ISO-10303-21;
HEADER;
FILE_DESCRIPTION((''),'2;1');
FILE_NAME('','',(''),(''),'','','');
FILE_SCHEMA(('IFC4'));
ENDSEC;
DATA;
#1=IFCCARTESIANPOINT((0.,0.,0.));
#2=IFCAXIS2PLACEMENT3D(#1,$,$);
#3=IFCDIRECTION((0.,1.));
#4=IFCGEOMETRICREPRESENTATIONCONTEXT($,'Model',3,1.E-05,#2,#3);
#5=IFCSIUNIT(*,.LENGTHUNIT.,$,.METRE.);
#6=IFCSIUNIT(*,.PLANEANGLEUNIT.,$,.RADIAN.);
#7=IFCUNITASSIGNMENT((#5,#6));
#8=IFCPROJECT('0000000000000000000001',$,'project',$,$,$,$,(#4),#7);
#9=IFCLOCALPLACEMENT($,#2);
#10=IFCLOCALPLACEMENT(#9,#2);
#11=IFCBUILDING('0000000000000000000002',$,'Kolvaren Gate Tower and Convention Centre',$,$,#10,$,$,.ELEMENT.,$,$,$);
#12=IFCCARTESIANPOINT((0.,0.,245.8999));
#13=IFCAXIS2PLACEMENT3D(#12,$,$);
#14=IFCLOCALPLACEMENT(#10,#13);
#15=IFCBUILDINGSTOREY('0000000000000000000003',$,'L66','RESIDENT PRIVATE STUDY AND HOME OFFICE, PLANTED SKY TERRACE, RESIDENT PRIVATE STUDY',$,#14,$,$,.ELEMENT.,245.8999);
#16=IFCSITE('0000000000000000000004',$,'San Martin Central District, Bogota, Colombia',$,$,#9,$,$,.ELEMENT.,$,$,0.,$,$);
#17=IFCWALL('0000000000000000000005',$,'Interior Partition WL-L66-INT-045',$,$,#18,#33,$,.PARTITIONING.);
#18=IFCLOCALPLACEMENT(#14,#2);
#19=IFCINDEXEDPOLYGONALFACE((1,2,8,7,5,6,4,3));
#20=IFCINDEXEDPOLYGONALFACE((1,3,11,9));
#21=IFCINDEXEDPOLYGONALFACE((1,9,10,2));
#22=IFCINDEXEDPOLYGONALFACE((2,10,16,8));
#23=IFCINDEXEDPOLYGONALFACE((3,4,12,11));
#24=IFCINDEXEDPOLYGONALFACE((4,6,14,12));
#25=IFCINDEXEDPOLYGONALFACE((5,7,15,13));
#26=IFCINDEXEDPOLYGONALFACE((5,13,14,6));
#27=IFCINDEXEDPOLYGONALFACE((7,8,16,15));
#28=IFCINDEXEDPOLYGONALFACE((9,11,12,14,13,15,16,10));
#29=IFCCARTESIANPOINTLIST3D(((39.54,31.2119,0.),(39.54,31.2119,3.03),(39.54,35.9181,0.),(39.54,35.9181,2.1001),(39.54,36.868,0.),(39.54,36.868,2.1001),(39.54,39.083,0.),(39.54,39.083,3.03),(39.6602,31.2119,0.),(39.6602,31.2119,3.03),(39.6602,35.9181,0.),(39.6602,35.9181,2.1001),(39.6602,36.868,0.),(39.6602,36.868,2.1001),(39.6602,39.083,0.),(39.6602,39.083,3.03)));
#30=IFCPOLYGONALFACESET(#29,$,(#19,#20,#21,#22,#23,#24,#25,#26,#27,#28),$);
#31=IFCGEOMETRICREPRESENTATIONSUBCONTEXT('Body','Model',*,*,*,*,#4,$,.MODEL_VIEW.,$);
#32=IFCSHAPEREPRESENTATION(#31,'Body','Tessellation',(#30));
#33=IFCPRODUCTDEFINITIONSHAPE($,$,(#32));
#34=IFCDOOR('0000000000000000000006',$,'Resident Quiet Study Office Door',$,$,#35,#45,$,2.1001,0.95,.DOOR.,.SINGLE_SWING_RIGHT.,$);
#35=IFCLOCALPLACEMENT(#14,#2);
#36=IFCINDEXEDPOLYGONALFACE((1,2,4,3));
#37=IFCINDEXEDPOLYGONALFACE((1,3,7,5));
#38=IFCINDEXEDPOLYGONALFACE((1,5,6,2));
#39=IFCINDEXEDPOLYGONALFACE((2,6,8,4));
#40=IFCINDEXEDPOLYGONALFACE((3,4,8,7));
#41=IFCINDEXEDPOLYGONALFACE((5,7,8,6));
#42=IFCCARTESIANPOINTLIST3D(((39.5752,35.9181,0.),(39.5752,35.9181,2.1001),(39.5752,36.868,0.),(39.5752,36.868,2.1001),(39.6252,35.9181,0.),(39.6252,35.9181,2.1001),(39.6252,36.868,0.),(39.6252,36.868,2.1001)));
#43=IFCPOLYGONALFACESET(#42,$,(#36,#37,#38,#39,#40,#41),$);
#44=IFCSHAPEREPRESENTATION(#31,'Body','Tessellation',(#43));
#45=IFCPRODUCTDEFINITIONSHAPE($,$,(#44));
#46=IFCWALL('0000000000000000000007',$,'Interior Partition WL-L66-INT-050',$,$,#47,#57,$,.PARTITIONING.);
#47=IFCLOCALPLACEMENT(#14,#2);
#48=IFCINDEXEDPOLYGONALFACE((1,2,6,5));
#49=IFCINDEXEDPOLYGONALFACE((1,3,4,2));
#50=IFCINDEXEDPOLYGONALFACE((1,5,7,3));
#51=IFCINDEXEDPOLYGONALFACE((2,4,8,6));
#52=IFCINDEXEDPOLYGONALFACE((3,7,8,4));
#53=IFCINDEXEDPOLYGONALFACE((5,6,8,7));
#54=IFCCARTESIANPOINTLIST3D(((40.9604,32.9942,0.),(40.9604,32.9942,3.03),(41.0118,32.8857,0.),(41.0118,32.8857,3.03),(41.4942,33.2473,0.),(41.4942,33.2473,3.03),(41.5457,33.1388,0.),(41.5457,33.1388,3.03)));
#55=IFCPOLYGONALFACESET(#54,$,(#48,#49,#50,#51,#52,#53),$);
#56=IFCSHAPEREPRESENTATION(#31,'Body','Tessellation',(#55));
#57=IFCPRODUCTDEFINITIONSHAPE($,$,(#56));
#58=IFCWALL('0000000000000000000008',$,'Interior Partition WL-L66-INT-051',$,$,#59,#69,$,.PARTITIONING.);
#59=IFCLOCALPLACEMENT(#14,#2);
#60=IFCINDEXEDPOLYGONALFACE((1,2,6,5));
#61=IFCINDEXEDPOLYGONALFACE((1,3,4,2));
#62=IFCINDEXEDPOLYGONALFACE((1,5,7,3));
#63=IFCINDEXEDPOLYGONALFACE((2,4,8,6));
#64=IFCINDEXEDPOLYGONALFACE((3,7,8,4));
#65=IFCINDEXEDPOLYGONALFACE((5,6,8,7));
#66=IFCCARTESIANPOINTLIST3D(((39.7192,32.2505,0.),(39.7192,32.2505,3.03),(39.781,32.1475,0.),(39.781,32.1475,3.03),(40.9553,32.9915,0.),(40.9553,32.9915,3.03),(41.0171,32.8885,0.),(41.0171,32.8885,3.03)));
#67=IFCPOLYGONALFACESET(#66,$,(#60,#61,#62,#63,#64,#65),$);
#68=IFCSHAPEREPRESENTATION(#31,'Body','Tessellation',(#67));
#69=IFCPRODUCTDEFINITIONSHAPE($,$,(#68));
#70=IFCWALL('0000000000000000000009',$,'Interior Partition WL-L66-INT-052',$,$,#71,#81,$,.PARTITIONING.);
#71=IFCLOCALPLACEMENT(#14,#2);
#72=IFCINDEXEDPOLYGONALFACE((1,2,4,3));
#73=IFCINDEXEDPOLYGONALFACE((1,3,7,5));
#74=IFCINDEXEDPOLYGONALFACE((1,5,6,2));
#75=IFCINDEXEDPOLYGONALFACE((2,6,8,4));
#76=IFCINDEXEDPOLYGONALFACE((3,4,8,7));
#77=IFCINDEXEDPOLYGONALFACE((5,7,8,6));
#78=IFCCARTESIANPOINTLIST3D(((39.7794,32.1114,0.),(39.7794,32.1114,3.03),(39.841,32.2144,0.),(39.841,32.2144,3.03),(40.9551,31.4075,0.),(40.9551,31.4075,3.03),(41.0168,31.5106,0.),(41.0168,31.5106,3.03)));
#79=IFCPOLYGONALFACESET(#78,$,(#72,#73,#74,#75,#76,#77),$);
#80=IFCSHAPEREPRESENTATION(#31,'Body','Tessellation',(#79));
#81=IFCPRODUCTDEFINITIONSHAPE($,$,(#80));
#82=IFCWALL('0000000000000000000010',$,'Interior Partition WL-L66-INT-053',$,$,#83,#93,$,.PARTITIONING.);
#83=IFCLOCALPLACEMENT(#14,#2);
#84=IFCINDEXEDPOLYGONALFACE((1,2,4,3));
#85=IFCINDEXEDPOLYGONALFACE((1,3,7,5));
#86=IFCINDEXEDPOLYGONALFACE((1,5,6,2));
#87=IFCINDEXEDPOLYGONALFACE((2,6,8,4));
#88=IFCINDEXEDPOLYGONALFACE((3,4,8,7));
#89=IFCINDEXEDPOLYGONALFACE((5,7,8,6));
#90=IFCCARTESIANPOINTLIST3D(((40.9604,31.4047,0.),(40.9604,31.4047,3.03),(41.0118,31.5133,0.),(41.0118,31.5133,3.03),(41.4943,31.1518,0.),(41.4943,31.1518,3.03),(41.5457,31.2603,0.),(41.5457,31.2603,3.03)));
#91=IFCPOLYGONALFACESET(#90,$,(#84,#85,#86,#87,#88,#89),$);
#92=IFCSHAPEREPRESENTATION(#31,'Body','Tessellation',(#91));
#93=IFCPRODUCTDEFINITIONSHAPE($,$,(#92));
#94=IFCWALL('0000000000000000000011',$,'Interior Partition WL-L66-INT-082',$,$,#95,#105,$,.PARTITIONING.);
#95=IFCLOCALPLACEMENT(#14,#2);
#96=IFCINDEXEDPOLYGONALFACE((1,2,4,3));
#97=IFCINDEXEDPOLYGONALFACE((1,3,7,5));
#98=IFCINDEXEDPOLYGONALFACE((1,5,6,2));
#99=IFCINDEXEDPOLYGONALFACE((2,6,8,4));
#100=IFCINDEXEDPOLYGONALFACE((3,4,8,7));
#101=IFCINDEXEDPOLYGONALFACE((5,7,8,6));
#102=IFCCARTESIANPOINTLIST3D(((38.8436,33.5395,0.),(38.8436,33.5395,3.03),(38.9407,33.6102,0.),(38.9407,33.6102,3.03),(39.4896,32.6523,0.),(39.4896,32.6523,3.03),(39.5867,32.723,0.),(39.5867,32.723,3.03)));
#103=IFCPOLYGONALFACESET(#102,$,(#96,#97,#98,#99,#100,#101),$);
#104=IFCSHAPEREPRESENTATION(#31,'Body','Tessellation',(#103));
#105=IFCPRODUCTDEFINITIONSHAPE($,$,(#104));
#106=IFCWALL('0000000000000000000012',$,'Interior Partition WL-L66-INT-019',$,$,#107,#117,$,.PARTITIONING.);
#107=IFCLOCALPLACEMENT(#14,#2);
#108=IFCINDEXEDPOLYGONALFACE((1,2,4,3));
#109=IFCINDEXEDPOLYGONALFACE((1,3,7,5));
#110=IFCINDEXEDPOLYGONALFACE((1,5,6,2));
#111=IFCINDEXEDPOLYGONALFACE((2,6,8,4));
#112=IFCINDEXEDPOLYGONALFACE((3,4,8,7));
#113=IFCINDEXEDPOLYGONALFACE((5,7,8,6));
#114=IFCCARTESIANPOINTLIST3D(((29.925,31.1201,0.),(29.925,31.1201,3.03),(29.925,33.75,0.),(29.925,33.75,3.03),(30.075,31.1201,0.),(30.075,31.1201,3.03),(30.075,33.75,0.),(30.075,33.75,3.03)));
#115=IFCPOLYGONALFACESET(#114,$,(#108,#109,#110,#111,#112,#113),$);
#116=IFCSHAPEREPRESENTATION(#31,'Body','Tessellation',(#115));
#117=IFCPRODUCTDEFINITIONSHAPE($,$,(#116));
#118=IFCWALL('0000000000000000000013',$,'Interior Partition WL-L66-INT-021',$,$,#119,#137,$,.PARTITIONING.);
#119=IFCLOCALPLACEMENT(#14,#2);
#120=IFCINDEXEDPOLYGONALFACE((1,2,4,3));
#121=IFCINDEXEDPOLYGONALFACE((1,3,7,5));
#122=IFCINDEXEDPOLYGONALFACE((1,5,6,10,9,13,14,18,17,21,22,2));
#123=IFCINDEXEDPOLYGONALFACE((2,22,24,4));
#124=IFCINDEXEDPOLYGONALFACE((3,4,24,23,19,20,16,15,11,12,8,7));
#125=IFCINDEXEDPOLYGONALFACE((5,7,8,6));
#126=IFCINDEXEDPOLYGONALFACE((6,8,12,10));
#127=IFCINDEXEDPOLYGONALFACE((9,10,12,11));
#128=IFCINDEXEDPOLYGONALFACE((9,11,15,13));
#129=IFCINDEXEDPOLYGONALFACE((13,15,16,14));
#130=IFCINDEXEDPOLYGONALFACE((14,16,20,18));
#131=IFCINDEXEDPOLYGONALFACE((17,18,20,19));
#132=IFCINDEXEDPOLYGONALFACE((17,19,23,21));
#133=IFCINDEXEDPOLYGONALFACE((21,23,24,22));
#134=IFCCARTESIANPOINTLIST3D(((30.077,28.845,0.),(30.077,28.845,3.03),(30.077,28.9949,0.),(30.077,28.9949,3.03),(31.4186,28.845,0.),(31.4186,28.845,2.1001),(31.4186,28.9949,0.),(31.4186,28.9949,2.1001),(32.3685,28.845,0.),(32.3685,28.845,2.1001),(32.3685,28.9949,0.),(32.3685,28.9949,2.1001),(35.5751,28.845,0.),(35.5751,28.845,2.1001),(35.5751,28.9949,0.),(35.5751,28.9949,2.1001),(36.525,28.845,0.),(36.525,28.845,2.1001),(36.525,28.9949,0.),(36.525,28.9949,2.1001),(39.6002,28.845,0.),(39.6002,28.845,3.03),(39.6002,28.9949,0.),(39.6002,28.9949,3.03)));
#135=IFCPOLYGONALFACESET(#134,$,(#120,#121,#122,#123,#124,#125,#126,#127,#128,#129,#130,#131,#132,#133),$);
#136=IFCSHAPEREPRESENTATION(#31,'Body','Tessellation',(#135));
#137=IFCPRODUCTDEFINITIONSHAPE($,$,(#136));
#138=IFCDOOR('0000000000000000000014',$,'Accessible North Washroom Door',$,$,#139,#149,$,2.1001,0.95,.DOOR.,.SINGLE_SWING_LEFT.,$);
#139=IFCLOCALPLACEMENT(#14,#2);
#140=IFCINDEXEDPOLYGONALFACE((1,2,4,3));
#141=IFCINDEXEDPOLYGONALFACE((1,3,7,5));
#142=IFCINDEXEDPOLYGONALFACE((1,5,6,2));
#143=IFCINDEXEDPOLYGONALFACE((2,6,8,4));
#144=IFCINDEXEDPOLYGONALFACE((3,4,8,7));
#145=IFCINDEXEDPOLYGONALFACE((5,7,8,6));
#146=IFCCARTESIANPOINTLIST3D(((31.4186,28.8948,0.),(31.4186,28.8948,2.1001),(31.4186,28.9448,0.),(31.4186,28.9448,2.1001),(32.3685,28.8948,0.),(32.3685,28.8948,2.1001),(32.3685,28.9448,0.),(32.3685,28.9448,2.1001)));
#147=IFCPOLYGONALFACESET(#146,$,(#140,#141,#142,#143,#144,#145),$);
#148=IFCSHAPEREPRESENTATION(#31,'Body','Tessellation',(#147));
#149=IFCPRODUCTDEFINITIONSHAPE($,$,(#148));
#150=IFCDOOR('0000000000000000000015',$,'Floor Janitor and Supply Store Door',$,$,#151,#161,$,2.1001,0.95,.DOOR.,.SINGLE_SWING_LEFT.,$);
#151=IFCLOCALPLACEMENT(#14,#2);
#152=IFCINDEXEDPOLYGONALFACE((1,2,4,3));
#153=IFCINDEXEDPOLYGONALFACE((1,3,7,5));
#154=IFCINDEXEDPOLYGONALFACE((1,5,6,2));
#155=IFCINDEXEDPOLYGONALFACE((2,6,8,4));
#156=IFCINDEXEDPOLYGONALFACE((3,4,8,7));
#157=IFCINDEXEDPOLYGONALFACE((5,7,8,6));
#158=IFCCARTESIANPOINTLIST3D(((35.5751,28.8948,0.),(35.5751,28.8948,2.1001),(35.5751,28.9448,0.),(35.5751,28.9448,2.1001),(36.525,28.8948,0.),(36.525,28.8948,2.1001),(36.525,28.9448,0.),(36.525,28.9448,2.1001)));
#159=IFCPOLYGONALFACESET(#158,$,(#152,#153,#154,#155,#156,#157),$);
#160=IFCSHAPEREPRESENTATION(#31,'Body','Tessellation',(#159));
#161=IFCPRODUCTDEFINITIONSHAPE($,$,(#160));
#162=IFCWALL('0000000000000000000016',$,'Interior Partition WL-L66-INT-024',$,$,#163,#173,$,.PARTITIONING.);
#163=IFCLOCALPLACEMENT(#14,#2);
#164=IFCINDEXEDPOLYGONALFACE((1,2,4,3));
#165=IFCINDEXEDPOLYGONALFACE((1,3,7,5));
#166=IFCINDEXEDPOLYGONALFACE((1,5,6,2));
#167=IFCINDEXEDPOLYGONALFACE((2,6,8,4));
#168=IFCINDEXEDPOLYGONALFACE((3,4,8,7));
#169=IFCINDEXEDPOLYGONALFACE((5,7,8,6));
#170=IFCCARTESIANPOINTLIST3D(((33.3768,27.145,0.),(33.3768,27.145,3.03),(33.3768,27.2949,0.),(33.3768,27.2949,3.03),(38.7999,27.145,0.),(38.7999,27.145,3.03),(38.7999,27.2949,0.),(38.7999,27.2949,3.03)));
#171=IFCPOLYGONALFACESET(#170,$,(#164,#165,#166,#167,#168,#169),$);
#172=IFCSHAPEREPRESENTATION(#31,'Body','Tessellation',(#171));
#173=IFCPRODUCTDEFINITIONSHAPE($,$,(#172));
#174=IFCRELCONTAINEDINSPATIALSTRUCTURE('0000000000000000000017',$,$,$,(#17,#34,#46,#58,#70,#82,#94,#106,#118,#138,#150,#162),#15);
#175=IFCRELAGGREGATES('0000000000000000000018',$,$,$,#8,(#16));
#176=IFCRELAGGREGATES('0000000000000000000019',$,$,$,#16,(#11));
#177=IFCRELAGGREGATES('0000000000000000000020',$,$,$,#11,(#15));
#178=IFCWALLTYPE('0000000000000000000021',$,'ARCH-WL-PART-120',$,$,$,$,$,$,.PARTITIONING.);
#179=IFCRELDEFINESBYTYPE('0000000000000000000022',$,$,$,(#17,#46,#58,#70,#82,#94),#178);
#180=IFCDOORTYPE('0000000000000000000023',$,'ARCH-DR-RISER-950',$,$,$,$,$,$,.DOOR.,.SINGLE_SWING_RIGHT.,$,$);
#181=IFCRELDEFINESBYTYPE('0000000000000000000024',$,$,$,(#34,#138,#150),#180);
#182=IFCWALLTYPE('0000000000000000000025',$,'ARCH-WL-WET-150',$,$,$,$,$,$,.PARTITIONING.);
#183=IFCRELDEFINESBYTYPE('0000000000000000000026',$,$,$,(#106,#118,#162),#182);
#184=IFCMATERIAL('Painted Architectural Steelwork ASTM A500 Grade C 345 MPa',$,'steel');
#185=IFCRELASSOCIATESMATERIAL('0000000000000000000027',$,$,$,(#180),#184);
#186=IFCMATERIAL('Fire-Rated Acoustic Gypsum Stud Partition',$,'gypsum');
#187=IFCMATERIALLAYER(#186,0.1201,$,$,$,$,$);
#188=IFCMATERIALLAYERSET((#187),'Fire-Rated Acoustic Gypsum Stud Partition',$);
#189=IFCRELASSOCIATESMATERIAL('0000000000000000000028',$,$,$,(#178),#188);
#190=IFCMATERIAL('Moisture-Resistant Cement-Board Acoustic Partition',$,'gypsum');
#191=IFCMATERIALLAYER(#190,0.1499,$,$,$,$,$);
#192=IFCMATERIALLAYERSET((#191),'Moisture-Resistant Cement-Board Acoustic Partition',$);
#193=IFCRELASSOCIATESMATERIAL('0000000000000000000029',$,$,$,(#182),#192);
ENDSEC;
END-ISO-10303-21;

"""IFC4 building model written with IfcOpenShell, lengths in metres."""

from ifc_helpers import new_model, si_unit, direction, frame, frame_2d, origin, place, context, subcontext, project, spatial, rectangle, extrude, material, layer, layer_set, type_object, element, fill, save


model = new_model("IFC4")

# Units and contexts
model_context = context("Model", 3, precision=1e-05, world=origin(), true_north=direction((0.0, 1.0)))
body_context = subcontext(model_context, "Body", "Model", "MODEL_VIEW")
ifc_project = project(units=[si_unit("LENGTHUNIT", "METRE"), si_unit("PLANEANGLEUNIT", "RADIAN")], contexts=[model_context])

# Site, building, storey
site_placement = place(None, origin())
site = spatial("IfcSite", under=ifc_project, at=site_placement, Name="San Martin Central District, Bogota, Colombia", CompositionType="ELEMENT", RefElevation=0.0)
building_placement = place(site_placement, origin())
building = spatial("IfcBuilding", under=site, at=building_placement, Name="Kolvaren Gate Tower and Convention Centre", CompositionType="ELEMENT")
storey_placement = place(building_placement, frame((0.0, 0.0, 245.8999)))
storey = spatial("IfcBuildingStorey", under=building, at=storey_placement, Name="L66", Description="RESIDENT PRIVATE STUDY AND HOME OFFICE, PLANTED SKY TERRACE, RESIDENT PRIVATE STUDY", CompositionType="ELEMENT", Elevation=245.8999)

# Shared definitions
ifc_material_1 = material(Name="Painted Architectural Steelwork ASTM A500 Grade C 345 MPa", Category="steel")
door_type = type_object("IfcDoorType", Name="ARCH-DR-RISER-950", OperationType="SINGLE_SWING_RIGHT", PredefinedType="DOOR", material=ifc_material_1)

# Shared definitions
ifc_material_2 = material(Name="Fire-Rated Acoustic Gypsum Stud Partition", Category="gypsum")
ifc_layer_1 = layer(ifc_material_2, 0.1201)
ifc_layer_set_1 = layer_set([ifc_layer_1], Name="Fire-Rated Acoustic Gypsum Stud Partition")
wall_type_1 = type_object("IfcWallType", Name="ARCH-WL-PART-120", PredefinedType="PARTITIONING", material=ifc_layer_set_1)

# Wall, opening, door
wall_1_placement = place(storey_placement, frame((39.6001, 31.2119, 0.0), z_axis=(0.0, 0.0, 1.0), x_axis=(0.0, 1.0, 0.0)))
wall_1 = element("IfcWall", 1, at=wall_1_placement, inside=storey, type_object=wall_type_1, Name="Interior Partition WL-L66-INT-045", PredefinedType="PARTITIONING", context=body_context, shape_type="SweptSolid", body=[
    extrude(rectangle(XDim=7.8711, YDim=0.1201, at=frame_2d((3.9355, 0.0))), origin(), (0.0, 0.0, 1.0), 3.03),
])
opening_1_placement = place(wall_1_placement, frame((4.7061, 0.0, 0.0)))
opening_1 = element("IfcOpeningElement", 2, at=opening_1_placement, cuts=wall_1, PredefinedType="OPENING", context=body_context, shape_type="SweptSolid", body=[
    extrude(rectangle(XDim=0.95, YDim=2.1001, at=frame_2d((0.4751, 1.05))), frame((0.0, 0.0701, 0.0), z_axis=(0.0, -1.0, 0.0), x_axis=(1.0, 0.0, 0.0)), (0.0, 0.0, 1.0), 0.1401),
])
door_1_placement = place(opening_1_placement, origin())
door_1 = element("IfcDoor", 3, at=door_1_placement, inside=storey, type_object=door_type, Name="Resident Quiet Study Office Door", OperationType="SINGLE_SWING_RIGHT", OverallHeight=2.1001, OverallWidth=0.95, PredefinedType="DOOR", context=body_context, shape_type="SweptSolid", body=[
    extrude(rectangle(XDim=0.95, YDim=2.1001, at=frame_2d((0.4751, 1.05))), frame((0.0, 0.0249, 0.0), z_axis=(0.0, -1.0, 0.0), x_axis=(1.0, 0.0, 0.0)), (0.0, 0.0, 1.0), 0.05),
])
fill(opening_1, door_1)

# Walls
wall_2_placement = place(storey_placement, frame((40.9861, 32.9399, 0.0), z_axis=(0.0, 0.0, 1.0), x_axis=(0.90357, 0.428442, 0.0)))
element("IfcWall", 4, at=wall_2_placement, inside=storey, type_object=wall_type_1, Name="Interior Partition WL-L66-INT-050", PredefinedType="PARTITIONING", context=body_context, shape_type="SweptSolid", body=[
    extrude(rectangle(XDim=0.5908, YDim=0.1201, at=frame_2d((0.2954, 0.0))), origin(), (0.0, 0.0, 1.0), 3.03),
])
wall_3_placement = place(storey_placement, frame((39.75, 32.199, 0.0), z_axis=(0.0, 0.0, 1.0), x_axis=(0.857702, 0.514147, 0.0)))
element("IfcWall", 5, at=wall_3_placement, inside=storey, type_object=wall_type_1, Name="Interior Partition WL-L66-INT-051", PredefinedType="PARTITIONING", context=body_context, shape_type="SweptSolid", body=[
    extrude(rectangle(XDim=1.4412, YDim=0.1201, at=frame_2d((0.7207, 0.0))), origin(), (0.0, 0.0, 1.0), 3.03),
])
wall_4_placement = place(storey_placement, frame((39.8103, 32.1628, 0.0), z_axis=(0.0, 0.0, 1.0), x_axis=(0.858011, -0.513631, 0.0)))
element("IfcWall", 6, at=wall_4_placement, inside=storey, type_object=wall_type_1, Name="Interior Partition WL-L66-INT-052", PredefinedType="PARTITIONING", context=body_context, shape_type="SweptSolid", body=[
    extrude(rectangle(XDim=1.3704, YDim=0.1201, at=frame_2d((0.6851, 0.0))), origin(), (0.0, 0.0, 1.0), 3.03),
])
wall_5_placement = place(storey_placement, frame((40.9861, 31.459, 0.0), z_axis=(0.0, 0.0, 1.0), x_axis=(0.903729, -0.428104, 0.0)))
element("IfcWall", 7, at=wall_5_placement, inside=storey, type_object=wall_type_1, Name="Interior Partition WL-L66-INT-053", PredefinedType="PARTITIONING", context=body_context, shape_type="SweptSolid", body=[
    extrude(rectangle(XDim=0.5908, YDim=0.1201, at=frame_2d((0.2954, 0.0))), origin(), (0.0, 0.0, 1.0), 3.03),
])
wall_6_placement = place(storey_placement, frame((38.8921, 33.575, 0.0), z_axis=(0.0, 0.0, 1.0), x_axis=(0.588621, -0.808409, 0.0)))
element("IfcWall", 8, at=wall_6_placement, inside=storey, type_object=wall_type_1, Name="Interior Partition WL-L66-INT-082", PredefinedType="PARTITIONING", context=body_context, shape_type="SweptSolid", body=[
    extrude(rectangle(XDim=1.0974, YDim=0.1201, at=frame_2d((0.5488, 0.0))), origin(), (0.0, 0.0, 1.0), 3.03),
])
ifc_material_3 = material(Name="Moisture-Resistant Cement-Board Acoustic Partition", Category="gypsum")
ifc_layer_2 = layer(ifc_material_3, 0.1499)
ifc_layer_set_2 = layer_set([ifc_layer_2], Name="Moisture-Resistant Cement-Board Acoustic Partition")
wall_type_2 = type_object("IfcWallType", Name="ARCH-WL-WET-150", PredefinedType="PARTITIONING", material=ifc_layer_set_2)
wall_7_placement = place(storey_placement, frame((30.0, 31.1201, 0.0), z_axis=(0.0, 0.0, 1.0), x_axis=(0.0, 1.0, 0.0)))
element("IfcWall", 9, at=wall_7_placement, inside=storey, type_object=wall_type_2, Name="Interior Partition WL-L66-INT-019", PredefinedType="PARTITIONING", context=body_context, shape_type="SweptSolid", body=[
    extrude(rectangle(XDim=2.6299, YDim=0.1499, at=frame_2d((1.3149, 0.0))), origin(), (0.0, 0.0, 1.0), 3.03),
])

# Wall, openings, doors
wall_8_placement = place(storey_placement, frame((30.0769, 28.9199, 0.0), z_axis=(0.0, 0.0, 1.0), x_axis=(1.0, 0.0, 0.0)))
wall_8 = element("IfcWall", 10, at=wall_8_placement, inside=storey, type_object=wall_type_2, Name="Interior Partition WL-L66-INT-021", PredefinedType="PARTITIONING", context=body_context, shape_type="SweptSolid", body=[
    extrude(rectangle(XDim=9.5232, YDim=0.1499, at=frame_2d((4.7617, 0.0))), origin(), (0.0, 0.0, 1.0), 3.03),
])
opening_2_placement = place(wall_8_placement, frame((1.3416, 0.0, 0.0)))
opening_2 = element("IfcOpeningElement", 11, at=opening_2_placement, cuts=wall_8, PredefinedType="OPENING", context=body_context, shape_type="SweptSolid", body=[
    extrude(rectangle(XDim=0.95, YDim=2.1001, at=frame_2d((0.4751, 1.05))), frame((0.0, 0.085, 0.0), z_axis=(0.0, -1.0, 0.0), x_axis=(1.0, 0.0, 0.0)), (0.0, 0.0, 1.0), 0.1699),
])
opening_3_placement = place(wall_8_placement, frame((5.498, 0.0, 0.0)))
opening_3 = element("IfcOpeningElement", 12, at=opening_3_placement, cuts=wall_8, PredefinedType="OPENING", context=body_context, shape_type="SweptSolid", body=[
    extrude(rectangle(XDim=0.95, YDim=2.1001, at=frame_2d((0.4751, 1.05))), frame((0.0, 0.085, 0.0), z_axis=(0.0, -1.0, 0.0), x_axis=(1.0, 0.0, 0.0)), (0.0, 0.0, 1.0), 0.1699),
])
door_2_placement = place(opening_2_placement, origin())
door_2 = element("IfcDoor", 13, at=door_2_placement, inside=storey, type_object=door_type, Name="Accessible North Washroom Door", OperationType="SINGLE_SWING_LEFT", OverallHeight=2.1001, OverallWidth=0.95, PredefinedType="DOOR", context=body_context, shape_type="SweptSolid", body=[
    extrude(rectangle(XDim=0.95, YDim=2.1001, at=frame_2d((0.4751, 1.05))), frame((0.0, 0.0249, 0.0), z_axis=(0.0, -1.0, 0.0), x_axis=(1.0, 0.0, 0.0)), (0.0, 0.0, 1.0), 0.05),
])
fill(opening_2, door_2)
door_3_placement = place(opening_3_placement, origin())
door_3 = element("IfcDoor", 14, at=door_3_placement, inside=storey, type_object=door_type, Name="Floor Janitor and Supply Store Door", OperationType="SINGLE_SWING_LEFT", OverallHeight=2.1001, OverallWidth=0.95, PredefinedType="DOOR", context=body_context, shape_type="SweptSolid", body=[
    extrude(rectangle(XDim=0.95, YDim=2.1001, at=frame_2d((0.4751, 1.05))), frame((0.0, 0.0249, 0.0), z_axis=(0.0, -1.0, 0.0), x_axis=(1.0, 0.0, 0.0)), (0.0, 0.0, 1.0), 0.05),
])
fill(opening_3, door_3)

# Wall
wall_9_placement = place(storey_placement, frame((33.377, 27.22, 0.0), z_axis=(0.0, 0.0, 1.0), x_axis=(1.0, 0.0, 0.0)))
element("IfcWall", 15, at=wall_9_placement, inside=storey, type_object=wall_type_2, Name="Interior Partition WL-L66-INT-024", PredefinedType="PARTITIONING", context=body_context, shape_type="SweptSolid", body=[
    extrude(rectangle(XDim=5.4231, YDim=0.1499, at=frame_2d((2.7114, 0.0))), origin(), (0.0, 0.0, 1.0), 3.03),
])

save(model, "model.ifc")
